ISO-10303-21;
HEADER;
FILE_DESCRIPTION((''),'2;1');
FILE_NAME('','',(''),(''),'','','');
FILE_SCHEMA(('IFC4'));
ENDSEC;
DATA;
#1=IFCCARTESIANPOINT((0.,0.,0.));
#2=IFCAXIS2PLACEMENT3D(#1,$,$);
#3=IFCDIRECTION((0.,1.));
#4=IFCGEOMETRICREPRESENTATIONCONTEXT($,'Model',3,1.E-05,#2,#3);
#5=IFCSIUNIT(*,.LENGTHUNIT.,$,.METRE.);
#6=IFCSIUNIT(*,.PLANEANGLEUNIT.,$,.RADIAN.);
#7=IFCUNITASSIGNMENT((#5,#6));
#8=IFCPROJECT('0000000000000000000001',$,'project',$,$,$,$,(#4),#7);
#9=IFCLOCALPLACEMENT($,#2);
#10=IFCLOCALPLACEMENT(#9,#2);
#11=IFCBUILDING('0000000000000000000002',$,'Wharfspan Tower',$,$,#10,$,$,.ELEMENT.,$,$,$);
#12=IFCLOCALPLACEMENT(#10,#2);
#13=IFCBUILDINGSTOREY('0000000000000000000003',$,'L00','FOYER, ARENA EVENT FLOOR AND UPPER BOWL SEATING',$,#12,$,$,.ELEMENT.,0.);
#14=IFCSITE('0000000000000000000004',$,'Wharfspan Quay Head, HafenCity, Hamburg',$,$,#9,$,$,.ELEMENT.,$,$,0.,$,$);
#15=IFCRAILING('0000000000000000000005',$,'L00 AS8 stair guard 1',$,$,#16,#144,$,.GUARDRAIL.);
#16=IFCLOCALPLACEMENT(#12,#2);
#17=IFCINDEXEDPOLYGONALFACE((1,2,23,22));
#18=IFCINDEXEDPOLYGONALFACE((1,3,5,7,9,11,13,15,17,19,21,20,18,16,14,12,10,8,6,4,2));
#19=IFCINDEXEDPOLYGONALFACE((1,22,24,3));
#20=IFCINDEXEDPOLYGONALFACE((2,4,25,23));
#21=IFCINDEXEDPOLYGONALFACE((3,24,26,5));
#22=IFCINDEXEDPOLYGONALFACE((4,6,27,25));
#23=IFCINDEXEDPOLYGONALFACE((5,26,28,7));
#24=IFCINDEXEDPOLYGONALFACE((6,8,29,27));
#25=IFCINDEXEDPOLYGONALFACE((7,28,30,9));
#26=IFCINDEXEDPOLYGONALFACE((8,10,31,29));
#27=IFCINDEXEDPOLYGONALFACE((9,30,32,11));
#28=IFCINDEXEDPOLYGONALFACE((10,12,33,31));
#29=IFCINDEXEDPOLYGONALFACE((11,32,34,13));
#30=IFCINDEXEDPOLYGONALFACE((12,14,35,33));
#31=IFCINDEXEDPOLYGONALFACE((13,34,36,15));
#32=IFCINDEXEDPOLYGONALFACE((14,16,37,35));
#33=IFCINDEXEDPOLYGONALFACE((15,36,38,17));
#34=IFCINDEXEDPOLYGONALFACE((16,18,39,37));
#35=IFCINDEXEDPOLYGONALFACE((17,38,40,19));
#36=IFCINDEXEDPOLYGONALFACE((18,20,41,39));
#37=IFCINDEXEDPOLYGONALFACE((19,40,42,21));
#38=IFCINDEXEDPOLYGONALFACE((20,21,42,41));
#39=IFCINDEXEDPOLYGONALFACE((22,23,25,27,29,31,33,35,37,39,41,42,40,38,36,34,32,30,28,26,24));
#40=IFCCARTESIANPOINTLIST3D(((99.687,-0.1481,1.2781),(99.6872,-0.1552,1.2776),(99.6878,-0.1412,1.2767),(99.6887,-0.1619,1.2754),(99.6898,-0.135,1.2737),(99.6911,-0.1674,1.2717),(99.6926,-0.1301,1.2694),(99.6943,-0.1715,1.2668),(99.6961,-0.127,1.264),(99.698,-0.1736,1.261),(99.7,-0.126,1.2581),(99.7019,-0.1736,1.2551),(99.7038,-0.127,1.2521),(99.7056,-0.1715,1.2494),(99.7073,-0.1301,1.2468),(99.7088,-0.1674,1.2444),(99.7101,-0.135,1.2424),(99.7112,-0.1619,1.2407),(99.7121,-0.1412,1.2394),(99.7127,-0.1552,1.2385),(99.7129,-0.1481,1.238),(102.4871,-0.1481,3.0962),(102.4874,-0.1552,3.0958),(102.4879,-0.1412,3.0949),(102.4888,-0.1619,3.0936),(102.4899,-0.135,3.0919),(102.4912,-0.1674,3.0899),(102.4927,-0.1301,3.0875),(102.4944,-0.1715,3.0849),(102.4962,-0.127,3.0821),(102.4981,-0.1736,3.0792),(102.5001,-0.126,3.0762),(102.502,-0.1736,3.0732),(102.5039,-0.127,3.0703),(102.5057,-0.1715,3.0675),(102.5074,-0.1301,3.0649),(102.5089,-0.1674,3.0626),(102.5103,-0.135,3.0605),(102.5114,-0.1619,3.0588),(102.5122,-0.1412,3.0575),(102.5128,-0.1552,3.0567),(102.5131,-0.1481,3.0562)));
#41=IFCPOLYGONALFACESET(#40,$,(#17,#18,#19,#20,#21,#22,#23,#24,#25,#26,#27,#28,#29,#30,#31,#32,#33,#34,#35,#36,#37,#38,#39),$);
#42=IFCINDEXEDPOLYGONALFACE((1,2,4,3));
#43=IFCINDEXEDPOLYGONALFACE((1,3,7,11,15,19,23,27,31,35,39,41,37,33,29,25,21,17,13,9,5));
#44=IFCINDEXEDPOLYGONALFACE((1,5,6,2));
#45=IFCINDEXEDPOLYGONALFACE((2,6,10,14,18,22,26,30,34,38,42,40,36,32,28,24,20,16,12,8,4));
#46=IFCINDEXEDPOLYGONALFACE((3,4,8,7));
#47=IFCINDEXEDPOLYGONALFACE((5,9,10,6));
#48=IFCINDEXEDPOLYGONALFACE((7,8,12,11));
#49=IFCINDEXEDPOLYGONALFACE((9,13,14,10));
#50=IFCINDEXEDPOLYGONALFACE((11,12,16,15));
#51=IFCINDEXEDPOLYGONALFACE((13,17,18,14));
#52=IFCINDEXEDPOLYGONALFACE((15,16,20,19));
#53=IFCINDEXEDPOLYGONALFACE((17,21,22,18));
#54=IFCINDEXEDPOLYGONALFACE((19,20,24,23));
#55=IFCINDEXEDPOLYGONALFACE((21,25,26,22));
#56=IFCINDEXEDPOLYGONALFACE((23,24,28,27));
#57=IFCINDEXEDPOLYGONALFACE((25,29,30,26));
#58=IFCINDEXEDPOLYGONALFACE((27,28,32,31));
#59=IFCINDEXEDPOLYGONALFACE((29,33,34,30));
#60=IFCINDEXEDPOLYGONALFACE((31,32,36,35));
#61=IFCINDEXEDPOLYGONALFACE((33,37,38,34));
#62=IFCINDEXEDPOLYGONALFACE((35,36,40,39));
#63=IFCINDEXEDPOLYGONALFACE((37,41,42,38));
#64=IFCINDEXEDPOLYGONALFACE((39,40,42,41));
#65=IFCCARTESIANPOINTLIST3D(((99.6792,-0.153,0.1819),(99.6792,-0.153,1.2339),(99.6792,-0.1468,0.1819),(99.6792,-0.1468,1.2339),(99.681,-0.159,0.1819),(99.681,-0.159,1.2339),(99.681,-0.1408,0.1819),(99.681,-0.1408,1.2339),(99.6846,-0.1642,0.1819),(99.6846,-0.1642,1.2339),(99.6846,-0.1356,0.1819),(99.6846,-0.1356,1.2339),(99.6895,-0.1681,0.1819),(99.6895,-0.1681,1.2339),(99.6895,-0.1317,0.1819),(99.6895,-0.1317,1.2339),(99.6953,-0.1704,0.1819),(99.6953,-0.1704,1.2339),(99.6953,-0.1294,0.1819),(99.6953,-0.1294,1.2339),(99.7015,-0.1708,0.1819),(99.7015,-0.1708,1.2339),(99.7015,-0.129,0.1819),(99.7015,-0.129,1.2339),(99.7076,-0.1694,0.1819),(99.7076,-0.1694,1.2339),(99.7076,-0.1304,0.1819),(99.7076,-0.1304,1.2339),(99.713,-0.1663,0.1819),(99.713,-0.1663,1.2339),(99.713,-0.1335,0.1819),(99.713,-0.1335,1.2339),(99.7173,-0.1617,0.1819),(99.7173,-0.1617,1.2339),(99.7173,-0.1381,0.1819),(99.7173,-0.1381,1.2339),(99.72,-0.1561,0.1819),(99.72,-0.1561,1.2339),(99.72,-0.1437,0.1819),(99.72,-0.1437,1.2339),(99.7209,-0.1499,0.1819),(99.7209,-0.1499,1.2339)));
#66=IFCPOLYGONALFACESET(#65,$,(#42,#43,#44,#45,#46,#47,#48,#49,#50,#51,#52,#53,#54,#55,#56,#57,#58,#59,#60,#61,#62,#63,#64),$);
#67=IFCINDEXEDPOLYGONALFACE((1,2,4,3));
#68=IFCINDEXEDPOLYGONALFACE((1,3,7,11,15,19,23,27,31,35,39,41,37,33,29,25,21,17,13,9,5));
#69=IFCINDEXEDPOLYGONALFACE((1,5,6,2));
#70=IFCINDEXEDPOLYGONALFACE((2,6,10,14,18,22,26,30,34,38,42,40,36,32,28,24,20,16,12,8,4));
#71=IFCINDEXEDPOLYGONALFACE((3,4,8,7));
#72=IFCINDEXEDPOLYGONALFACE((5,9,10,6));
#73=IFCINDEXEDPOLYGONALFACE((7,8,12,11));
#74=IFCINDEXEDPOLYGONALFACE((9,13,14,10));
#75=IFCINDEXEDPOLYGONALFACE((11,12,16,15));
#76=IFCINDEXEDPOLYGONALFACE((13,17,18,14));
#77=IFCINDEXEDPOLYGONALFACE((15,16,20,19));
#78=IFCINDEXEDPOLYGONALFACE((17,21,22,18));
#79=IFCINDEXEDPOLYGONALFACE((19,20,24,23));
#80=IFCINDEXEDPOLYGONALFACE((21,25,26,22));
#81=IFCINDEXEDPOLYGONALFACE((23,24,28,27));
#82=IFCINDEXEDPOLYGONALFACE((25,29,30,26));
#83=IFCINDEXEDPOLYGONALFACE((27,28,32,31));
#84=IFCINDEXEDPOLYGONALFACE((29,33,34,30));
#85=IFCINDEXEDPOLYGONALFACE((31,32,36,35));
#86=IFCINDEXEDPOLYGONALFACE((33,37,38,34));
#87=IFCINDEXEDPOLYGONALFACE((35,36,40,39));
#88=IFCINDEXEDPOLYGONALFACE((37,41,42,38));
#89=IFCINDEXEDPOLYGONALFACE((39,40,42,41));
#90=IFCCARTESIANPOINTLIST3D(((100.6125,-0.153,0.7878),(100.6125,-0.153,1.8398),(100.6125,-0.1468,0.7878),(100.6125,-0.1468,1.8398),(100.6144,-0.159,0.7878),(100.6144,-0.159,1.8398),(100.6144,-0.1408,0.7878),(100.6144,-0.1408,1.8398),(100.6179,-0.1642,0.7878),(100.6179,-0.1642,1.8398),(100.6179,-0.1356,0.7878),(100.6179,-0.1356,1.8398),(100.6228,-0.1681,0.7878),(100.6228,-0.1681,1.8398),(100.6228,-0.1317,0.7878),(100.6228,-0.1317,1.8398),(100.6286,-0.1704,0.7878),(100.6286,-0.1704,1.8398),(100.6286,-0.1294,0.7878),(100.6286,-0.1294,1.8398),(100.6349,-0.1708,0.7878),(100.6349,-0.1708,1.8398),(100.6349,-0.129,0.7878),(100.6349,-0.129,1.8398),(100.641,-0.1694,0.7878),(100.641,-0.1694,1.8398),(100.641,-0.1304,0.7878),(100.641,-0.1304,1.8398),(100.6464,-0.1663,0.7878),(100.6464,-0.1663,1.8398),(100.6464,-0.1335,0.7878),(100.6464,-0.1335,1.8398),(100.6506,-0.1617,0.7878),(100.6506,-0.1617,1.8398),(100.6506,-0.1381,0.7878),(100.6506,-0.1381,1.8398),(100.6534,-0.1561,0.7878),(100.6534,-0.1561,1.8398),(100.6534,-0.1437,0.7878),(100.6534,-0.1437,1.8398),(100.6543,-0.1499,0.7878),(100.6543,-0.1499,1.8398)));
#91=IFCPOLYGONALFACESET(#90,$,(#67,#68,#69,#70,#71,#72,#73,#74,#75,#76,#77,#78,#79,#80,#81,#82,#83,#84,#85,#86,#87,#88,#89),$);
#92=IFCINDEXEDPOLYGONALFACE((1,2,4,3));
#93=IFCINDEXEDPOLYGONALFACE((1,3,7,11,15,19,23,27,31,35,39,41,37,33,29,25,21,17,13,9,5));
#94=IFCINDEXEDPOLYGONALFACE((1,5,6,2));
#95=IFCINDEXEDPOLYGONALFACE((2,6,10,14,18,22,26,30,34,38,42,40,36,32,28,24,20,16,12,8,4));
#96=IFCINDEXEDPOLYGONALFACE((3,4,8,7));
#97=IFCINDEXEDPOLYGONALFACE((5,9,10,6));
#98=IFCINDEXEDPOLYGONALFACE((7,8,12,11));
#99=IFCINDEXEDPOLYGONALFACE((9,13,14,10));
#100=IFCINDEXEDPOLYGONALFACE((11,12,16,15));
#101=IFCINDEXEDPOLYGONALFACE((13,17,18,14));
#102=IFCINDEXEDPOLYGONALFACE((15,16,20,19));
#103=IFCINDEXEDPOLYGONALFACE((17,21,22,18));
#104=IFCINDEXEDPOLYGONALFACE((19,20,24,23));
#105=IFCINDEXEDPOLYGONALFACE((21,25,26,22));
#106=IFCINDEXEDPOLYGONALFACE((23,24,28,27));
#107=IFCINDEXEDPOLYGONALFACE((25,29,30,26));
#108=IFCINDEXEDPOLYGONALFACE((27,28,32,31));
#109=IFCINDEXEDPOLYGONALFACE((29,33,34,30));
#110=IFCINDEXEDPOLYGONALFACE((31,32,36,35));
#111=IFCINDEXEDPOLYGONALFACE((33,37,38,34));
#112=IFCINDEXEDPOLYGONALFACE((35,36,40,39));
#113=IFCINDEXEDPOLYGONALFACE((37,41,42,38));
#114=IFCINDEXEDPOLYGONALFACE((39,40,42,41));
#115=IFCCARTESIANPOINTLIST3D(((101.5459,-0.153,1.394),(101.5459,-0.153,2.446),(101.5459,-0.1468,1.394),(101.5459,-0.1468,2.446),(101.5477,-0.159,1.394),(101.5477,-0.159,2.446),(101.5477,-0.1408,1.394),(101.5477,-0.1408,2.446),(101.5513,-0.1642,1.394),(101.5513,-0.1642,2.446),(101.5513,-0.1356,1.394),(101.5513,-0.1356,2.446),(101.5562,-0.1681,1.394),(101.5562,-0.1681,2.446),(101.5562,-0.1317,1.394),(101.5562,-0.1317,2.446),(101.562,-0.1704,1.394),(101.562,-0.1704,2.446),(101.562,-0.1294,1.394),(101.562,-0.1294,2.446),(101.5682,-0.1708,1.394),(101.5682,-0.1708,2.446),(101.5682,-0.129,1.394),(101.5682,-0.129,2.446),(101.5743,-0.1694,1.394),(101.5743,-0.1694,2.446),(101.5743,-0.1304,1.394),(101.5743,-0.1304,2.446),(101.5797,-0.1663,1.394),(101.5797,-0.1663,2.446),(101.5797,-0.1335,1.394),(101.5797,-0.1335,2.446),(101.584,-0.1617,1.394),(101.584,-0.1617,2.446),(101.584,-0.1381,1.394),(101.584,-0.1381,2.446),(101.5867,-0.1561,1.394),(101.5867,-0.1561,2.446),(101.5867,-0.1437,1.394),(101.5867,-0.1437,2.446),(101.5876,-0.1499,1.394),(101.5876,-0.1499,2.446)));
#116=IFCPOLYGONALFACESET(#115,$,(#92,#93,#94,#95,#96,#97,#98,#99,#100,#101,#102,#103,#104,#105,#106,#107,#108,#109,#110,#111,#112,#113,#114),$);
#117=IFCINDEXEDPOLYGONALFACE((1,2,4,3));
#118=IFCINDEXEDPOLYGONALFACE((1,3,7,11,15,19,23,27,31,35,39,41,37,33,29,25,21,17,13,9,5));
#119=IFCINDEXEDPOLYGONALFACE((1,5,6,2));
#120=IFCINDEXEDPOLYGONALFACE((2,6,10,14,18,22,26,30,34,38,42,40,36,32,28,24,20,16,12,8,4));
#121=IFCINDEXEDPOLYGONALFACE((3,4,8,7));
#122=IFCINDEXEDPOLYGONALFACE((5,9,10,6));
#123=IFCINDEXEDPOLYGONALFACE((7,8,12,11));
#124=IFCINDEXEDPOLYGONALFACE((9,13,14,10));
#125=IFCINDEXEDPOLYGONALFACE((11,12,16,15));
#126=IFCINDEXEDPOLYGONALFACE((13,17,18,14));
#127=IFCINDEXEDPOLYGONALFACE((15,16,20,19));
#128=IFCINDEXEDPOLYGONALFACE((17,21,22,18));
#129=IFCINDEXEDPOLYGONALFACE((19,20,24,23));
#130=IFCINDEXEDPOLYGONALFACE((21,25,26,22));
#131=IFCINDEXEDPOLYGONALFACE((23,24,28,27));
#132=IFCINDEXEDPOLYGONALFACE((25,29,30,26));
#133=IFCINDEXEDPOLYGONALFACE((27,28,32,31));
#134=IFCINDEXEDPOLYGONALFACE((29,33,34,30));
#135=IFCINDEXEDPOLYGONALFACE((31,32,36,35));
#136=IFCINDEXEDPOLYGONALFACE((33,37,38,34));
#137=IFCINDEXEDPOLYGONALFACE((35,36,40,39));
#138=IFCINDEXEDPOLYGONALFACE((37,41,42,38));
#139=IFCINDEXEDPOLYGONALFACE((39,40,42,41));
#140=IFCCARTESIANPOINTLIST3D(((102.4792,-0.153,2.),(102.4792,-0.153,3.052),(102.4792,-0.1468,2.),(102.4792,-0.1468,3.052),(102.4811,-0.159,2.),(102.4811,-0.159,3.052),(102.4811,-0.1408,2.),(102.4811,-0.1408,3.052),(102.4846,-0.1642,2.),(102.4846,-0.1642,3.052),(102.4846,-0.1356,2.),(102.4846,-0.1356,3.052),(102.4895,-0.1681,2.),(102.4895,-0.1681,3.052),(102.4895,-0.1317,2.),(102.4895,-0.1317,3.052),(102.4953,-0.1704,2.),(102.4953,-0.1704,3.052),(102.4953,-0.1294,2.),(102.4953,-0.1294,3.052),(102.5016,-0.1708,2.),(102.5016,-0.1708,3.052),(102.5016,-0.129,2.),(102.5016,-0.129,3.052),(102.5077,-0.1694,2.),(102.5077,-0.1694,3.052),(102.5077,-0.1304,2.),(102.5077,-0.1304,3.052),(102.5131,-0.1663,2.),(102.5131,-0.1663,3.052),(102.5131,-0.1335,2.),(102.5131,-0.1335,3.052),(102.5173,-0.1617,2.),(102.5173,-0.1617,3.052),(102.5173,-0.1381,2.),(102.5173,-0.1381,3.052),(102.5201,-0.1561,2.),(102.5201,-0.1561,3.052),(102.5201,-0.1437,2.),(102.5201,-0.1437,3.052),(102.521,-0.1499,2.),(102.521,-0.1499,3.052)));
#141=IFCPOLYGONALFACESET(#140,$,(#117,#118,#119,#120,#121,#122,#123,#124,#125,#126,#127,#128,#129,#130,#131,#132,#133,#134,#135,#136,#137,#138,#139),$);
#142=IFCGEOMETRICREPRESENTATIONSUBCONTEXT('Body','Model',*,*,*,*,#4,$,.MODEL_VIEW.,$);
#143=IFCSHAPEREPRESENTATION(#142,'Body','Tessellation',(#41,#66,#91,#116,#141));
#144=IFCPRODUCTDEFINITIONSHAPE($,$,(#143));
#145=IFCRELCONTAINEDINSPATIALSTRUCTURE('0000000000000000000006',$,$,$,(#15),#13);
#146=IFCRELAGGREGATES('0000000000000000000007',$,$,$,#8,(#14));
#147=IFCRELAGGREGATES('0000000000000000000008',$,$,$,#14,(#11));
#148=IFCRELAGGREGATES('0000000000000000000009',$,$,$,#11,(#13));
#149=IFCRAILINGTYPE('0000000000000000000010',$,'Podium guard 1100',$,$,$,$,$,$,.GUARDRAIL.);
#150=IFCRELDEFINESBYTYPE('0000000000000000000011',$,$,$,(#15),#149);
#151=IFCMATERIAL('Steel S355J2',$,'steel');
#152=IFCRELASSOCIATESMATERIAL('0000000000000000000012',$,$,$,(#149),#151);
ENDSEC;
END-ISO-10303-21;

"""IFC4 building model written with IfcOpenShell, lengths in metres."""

from ifc_helpers import new_model, si_unit, direction, frame, origin, origin_2d, place, context, subcontext, project, spatial, circle, extrude, material, type_object, element, save


model = new_model("IFC4")

# Units and contexts
model_context = context("Model", 3, precision=1e-05, world=origin(), true_north=direction((0.0, 1.0)))
body_context = subcontext(model_context, "Body", "Model", "MODEL_VIEW")
ifc_project = project(units=[si_unit("LENGTHUNIT", "METRE"), si_unit("PLANEANGLEUNIT", "RADIAN")], contexts=[model_context])

# Site, building, storey
site_placement = place(None, origin())
site = spatial("IfcSite", under=ifc_project, at=site_placement, Name="Wharfspan Quay Head, HafenCity, Hamburg", CompositionType="ELEMENT", RefElevation=0.0)
building_placement = place(site_placement, origin())
building = spatial("IfcBuilding", under=site, at=building_placement, Name="Wharfspan Tower", CompositionType="ELEMENT")
storey_placement = place(building_placement, origin())
storey = spatial("IfcBuildingStorey", under=building, at=storey_placement, Name="L00", Description="FOYER, ARENA EVENT FLOOR AND UPPER BOWL SEATING", CompositionType="ELEMENT", Elevation=0.0)

# Shared definitions
ifc_material_1 = material(Name="Steel S355J2", Category="steel")

# Railing
railing_type_1 = type_object("IfcRailingType", Name="Podium guard 1100", PredefinedType="GUARDRAIL", material=ifc_material_1)
railing_1_placement = place(storey_placement, frame((99.7, -0.1499, 0.1819)))
element("IfcRailing", 1, at=railing_1_placement, inside=storey, type_object=railing_type_1, Name="L00 AS8 stair guard 1", PredefinedType="GUARDRAIL", context=body_context, shape_type="SweptSolid", body=[
    extrude(circle(Radius=0.0239, at=origin_2d()), frame((0.0, 0.0, 1.0762), z_axis=(0.838706, 0.0, 0.544585), x_axis=(0.0, 1.0, 0.0)), (0.0, 0.0, 1.0), 3.3386),
    extrude(circle(Radius=0.021, at=origin_2d()), origin(), (0.0, 0.0, 1.0), 1.052),
    extrude(circle(Radius=0.021, at=origin_2d()), frame((0.9334, 0.0, 0.606)), (0.0, 0.0, 1.0), 1.052),
    extrude(circle(Radius=0.021, at=origin_2d()), frame((1.8667, 0.0, 1.2122)), (0.0, 0.0, 1.0), 1.052),
    extrude(circle(Radius=0.021, at=origin_2d()), frame((2.8, 0.0, 1.8181)), (0.0, 0.0, 1.0), 1.052),
])

save(model, "model.ifc")
